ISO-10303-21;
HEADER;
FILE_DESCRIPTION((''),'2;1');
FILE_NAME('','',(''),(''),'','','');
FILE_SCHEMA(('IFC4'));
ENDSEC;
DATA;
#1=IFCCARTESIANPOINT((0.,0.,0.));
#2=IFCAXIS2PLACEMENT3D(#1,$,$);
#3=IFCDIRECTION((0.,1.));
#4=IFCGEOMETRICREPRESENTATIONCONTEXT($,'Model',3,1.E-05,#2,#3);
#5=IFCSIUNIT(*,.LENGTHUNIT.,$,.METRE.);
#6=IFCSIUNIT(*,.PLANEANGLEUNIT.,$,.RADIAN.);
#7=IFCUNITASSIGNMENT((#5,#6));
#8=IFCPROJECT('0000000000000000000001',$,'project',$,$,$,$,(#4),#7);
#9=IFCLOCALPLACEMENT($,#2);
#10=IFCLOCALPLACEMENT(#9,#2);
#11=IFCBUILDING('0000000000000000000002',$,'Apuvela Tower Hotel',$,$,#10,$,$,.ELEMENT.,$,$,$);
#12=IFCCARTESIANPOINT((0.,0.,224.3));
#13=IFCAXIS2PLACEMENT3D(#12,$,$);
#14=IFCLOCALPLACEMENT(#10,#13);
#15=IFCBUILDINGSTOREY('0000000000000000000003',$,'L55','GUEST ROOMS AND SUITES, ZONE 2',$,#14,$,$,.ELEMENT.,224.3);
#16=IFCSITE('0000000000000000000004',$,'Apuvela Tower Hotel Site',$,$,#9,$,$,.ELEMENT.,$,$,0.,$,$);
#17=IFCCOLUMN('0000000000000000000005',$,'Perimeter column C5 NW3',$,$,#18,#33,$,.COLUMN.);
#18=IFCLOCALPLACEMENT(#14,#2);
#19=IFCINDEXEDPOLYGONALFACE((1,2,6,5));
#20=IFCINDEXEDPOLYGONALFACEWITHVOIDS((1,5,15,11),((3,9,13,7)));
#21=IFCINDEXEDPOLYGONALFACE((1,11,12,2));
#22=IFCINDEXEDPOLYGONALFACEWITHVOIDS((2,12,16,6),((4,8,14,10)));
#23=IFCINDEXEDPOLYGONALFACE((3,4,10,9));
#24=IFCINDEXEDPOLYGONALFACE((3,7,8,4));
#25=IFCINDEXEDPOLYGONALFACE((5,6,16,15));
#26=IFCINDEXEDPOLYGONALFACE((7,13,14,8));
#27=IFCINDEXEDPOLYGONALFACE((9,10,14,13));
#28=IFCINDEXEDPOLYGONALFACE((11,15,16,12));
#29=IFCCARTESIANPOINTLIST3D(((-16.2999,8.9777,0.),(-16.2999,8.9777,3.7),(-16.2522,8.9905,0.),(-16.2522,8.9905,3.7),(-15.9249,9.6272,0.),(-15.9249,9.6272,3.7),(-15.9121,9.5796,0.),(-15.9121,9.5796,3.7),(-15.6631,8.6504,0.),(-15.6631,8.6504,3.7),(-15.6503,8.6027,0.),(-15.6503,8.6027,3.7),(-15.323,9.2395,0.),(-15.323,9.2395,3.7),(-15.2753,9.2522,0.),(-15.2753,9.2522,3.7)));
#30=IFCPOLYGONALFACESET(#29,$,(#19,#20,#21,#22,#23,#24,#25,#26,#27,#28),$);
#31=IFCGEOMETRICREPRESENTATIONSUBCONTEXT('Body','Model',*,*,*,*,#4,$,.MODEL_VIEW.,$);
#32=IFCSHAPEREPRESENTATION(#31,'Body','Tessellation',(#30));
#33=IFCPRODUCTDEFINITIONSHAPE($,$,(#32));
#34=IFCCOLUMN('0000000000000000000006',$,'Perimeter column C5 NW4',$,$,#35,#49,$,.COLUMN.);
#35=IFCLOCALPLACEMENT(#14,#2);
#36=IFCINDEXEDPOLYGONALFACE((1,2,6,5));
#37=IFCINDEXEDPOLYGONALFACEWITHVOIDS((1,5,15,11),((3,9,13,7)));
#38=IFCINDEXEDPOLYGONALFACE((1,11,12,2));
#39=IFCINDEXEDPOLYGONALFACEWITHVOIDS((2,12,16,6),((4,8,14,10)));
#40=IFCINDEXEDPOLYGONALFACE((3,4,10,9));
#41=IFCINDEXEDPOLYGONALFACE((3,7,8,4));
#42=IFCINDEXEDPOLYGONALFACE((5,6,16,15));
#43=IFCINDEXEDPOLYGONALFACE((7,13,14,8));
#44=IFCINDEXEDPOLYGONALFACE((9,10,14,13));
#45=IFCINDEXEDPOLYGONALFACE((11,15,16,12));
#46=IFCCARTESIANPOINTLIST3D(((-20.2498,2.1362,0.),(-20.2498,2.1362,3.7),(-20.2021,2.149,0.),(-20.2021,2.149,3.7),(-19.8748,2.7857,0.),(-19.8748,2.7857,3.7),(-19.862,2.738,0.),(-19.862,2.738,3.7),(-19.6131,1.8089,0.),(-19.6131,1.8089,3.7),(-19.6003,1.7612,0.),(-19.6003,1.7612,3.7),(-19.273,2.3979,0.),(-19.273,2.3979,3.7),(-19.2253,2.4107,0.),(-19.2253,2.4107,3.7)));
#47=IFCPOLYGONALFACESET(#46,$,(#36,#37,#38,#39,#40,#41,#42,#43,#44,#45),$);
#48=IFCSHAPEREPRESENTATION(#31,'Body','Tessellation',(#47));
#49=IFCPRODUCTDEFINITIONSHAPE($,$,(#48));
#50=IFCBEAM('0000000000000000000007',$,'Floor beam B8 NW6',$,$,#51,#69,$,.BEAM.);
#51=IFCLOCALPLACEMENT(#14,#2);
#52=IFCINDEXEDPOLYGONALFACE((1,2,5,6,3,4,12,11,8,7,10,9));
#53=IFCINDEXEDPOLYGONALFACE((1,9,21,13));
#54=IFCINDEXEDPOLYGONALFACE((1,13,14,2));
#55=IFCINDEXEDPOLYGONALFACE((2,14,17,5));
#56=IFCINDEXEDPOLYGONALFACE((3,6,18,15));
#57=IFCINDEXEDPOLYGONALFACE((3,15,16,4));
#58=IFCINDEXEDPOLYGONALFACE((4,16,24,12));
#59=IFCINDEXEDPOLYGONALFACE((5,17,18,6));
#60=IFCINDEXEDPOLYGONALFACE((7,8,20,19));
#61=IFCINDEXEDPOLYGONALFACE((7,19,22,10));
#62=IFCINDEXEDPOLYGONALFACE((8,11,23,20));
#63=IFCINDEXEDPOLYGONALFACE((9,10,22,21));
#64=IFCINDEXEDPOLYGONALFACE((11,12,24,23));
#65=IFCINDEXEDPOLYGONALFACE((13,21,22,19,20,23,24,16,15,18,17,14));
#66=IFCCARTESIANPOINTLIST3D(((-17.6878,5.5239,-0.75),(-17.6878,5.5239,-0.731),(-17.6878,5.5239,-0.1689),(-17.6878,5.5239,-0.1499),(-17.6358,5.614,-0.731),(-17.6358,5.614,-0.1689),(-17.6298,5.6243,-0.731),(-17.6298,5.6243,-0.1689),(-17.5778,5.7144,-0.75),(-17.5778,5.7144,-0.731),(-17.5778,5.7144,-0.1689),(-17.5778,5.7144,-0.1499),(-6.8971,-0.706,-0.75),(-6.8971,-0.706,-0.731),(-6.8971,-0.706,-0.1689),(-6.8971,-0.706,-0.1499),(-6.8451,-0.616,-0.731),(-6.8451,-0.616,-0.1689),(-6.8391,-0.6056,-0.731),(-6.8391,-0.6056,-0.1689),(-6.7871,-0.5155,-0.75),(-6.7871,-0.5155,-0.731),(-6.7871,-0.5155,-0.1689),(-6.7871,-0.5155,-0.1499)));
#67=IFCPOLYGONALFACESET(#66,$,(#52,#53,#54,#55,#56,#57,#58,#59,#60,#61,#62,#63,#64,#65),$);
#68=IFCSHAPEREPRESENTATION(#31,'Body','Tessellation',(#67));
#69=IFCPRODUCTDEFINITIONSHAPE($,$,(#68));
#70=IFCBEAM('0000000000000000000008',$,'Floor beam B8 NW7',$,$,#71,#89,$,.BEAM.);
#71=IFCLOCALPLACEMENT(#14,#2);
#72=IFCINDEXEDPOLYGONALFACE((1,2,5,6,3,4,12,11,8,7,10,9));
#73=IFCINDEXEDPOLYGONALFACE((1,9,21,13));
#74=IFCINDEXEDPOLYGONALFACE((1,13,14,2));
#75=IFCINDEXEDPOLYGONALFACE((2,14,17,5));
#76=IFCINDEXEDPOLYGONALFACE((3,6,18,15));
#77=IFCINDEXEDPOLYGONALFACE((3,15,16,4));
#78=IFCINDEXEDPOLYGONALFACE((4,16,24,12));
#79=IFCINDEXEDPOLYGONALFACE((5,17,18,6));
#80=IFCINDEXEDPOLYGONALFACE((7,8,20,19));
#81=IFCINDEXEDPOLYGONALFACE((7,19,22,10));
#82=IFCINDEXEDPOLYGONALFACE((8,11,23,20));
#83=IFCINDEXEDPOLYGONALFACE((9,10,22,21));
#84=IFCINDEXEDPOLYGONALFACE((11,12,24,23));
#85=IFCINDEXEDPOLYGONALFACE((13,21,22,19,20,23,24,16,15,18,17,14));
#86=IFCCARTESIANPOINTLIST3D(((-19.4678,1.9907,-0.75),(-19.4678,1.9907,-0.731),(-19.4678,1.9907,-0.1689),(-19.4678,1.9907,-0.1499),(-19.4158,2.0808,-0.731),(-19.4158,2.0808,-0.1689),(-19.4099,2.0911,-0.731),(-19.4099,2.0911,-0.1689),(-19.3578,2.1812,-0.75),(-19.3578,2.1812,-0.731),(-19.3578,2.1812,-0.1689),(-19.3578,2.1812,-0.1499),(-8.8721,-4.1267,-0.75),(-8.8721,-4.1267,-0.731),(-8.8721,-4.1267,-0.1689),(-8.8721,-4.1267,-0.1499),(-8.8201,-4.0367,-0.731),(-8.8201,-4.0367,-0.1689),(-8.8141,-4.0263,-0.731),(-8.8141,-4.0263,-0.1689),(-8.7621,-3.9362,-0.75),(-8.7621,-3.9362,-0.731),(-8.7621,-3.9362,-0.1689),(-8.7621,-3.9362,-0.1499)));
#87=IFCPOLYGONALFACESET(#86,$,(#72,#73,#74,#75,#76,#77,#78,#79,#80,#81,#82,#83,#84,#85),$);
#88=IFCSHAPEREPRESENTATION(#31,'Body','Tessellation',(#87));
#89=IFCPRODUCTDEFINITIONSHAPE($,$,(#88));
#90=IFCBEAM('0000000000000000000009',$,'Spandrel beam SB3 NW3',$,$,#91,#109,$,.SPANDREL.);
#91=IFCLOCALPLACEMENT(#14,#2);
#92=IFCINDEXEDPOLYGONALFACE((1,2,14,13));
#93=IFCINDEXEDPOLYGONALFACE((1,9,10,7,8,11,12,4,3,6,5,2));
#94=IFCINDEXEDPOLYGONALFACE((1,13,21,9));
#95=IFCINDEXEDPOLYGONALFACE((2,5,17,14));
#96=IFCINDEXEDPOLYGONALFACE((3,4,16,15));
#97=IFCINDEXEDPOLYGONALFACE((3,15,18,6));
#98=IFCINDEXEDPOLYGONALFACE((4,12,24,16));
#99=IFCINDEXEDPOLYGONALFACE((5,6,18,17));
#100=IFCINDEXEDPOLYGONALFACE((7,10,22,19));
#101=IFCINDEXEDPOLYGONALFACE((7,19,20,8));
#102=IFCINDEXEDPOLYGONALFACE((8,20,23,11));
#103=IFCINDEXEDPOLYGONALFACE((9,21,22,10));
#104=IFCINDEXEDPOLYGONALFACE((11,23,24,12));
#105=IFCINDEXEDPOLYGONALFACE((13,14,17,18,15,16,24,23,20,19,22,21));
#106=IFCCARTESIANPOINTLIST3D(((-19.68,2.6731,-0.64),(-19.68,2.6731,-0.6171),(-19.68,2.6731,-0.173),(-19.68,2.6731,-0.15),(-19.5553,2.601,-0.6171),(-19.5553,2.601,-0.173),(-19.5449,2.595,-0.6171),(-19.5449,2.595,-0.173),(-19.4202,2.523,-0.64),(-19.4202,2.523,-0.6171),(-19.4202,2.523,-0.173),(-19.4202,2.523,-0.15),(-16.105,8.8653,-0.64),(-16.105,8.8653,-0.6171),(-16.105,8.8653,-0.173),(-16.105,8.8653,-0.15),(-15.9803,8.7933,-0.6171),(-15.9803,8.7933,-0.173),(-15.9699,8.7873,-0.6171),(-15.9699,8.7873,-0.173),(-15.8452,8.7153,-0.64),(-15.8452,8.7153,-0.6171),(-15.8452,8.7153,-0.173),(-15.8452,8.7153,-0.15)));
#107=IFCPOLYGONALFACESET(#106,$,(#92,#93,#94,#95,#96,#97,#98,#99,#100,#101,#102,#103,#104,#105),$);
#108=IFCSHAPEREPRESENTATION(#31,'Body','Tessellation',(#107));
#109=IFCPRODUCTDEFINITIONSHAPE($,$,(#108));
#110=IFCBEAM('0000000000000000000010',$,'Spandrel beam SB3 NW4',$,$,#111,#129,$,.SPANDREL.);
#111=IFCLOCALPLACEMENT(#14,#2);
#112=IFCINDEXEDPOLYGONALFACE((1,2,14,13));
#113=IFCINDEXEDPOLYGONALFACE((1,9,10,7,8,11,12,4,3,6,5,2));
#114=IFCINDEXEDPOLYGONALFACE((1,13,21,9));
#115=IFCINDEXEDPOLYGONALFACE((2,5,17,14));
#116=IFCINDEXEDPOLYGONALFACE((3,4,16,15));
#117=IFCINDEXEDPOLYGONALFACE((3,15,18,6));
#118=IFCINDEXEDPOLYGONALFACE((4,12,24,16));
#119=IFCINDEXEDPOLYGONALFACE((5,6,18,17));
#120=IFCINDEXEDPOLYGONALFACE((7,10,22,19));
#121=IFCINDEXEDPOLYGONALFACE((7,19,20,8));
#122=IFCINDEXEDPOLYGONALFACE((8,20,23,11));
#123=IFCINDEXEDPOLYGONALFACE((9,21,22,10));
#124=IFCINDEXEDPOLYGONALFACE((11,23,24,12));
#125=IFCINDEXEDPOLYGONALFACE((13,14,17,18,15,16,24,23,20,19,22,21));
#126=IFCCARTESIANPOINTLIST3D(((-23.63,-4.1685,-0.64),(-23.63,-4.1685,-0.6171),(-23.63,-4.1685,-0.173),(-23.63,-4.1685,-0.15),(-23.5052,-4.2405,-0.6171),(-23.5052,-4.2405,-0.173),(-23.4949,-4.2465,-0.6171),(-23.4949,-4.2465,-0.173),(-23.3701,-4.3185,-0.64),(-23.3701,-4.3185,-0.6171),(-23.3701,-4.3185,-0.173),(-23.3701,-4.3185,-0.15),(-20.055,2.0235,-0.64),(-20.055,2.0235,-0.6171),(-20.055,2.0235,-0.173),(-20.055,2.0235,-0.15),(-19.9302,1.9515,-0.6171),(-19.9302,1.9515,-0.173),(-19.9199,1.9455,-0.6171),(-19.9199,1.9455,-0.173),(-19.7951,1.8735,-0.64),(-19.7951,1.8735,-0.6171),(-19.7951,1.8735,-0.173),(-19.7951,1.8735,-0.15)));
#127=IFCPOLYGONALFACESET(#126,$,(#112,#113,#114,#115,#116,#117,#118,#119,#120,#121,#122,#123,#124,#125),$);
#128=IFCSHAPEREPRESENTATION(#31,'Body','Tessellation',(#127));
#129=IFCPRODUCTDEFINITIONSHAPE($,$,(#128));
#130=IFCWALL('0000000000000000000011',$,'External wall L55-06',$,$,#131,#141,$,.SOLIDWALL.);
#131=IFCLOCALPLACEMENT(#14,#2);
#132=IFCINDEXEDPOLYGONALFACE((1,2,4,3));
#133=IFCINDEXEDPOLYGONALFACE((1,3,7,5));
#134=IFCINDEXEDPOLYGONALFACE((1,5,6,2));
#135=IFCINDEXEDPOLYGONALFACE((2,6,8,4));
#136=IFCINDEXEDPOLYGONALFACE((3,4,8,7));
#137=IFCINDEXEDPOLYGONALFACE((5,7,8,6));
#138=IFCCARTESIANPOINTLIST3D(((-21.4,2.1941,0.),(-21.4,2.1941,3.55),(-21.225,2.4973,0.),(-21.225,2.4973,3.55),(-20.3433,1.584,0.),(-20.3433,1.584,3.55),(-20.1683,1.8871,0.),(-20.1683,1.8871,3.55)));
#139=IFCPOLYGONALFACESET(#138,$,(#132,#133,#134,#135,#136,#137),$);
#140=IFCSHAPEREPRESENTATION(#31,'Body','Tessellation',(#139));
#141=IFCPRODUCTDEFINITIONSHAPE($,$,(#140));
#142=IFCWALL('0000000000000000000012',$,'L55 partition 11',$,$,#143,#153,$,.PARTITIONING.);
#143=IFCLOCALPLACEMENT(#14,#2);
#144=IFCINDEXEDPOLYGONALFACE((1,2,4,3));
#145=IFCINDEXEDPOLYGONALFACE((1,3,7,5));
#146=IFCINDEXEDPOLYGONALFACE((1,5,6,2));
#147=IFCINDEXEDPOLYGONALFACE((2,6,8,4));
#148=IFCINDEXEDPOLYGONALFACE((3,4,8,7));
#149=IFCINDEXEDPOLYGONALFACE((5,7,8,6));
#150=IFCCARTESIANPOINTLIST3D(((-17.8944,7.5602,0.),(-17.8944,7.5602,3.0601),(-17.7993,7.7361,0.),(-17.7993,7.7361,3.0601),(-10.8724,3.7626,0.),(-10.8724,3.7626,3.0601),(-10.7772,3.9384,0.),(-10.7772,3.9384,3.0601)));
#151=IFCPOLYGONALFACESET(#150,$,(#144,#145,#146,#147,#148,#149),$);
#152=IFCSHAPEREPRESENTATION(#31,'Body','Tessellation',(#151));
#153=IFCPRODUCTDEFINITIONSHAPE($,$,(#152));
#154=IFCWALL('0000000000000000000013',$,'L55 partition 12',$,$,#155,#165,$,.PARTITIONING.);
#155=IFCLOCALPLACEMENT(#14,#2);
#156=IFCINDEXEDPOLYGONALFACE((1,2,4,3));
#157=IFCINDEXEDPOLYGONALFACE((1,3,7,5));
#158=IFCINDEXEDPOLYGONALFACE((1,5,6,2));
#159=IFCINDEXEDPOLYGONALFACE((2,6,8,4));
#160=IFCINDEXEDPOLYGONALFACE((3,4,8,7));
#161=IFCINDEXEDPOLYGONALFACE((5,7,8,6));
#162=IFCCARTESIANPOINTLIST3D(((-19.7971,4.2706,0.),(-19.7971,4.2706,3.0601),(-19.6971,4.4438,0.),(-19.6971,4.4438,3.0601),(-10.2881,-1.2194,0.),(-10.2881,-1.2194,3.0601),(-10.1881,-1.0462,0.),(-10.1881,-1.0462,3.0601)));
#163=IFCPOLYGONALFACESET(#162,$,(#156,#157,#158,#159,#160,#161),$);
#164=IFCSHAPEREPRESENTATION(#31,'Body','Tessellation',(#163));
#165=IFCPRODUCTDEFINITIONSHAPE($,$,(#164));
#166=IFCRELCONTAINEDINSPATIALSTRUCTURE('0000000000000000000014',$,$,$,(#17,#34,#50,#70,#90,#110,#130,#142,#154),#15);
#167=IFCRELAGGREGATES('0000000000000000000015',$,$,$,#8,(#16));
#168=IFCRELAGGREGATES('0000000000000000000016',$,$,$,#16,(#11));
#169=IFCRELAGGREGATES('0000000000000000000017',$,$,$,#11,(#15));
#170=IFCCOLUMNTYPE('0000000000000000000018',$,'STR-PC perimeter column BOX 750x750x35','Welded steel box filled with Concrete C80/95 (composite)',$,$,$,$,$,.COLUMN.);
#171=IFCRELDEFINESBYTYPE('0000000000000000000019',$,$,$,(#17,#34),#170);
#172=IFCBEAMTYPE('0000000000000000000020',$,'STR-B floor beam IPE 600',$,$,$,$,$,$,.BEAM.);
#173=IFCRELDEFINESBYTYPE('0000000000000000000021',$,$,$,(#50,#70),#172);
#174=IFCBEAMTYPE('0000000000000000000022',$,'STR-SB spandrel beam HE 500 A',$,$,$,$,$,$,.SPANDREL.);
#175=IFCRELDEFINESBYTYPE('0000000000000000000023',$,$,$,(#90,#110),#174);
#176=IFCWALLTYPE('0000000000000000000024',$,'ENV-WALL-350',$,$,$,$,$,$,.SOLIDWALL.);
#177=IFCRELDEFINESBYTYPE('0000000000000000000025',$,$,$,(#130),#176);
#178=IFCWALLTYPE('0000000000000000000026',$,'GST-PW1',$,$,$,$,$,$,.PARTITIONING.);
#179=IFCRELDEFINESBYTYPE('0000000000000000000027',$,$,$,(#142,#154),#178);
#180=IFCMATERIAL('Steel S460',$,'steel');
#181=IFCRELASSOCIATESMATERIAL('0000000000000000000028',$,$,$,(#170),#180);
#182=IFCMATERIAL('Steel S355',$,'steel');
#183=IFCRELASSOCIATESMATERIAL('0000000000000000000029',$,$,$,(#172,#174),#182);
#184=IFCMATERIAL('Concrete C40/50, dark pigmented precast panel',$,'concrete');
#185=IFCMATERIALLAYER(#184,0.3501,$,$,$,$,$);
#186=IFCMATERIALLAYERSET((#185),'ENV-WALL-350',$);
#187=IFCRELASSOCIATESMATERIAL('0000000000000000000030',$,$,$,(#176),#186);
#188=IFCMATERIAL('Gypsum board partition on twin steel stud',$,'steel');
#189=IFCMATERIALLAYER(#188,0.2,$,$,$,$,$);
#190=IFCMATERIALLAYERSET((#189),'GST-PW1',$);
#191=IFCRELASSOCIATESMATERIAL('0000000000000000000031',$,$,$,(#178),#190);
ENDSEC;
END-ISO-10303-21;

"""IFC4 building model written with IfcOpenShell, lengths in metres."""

from ifc_helpers import new_model, si_unit, direction, frame, frame_2d, origin, origin_2d, place, context, subcontext, project, spatial, rectangle, hollow_rectangle, i_section, extrude, material, layer, layer_set, material_profile, profile_set, type_object, element, save


model = new_model("IFC4")

# Units and contexts
model_context = context("Model", 3, precision=1e-05, world=origin(), true_north=direction((0.0, 1.0)))
body_context = subcontext(model_context, "Body", "Model", "MODEL_VIEW")
ifc_project = project(units=[si_unit("LENGTHUNIT", "METRE"), si_unit("PLANEANGLEUNIT", "RADIAN")], contexts=[model_context])

# Site, building, storey
site_placement = place(None, origin())
site = spatial("IfcSite", under=ifc_project, at=site_placement, Name="Apuvela Tower Hotel Site", CompositionType="ELEMENT", RefElevation=0.0)
building_placement = place(site_placement, origin())
building = spatial("IfcBuilding", under=site, at=building_placement, Name="Apuvela Tower Hotel", CompositionType="ELEMENT")
storey_placement = place(building_placement, frame((0.0, 0.0, 224.3)))
storey = spatial("IfcBuildingStorey", under=building, at=storey_placement, Name="L55", Description="GUEST ROOMS AND SUITES, ZONE 2", CompositionType="ELEMENT", Elevation=224.3)

# Columns
ifc_material_1 = material(Name="Steel S460", Category="steel")
ifc_material_profile_1 = material_profile(ifc_material_1, hollow_rectangle(XDim=0.75, YDim=0.75, WallThickness=0.0349, at=origin_2d()), Name="BOX 750x750x35")
ifc_material_2 = material(Name="Concrete C80/95", Category="concrete")
ifc_material_profile_2 = material_profile(ifc_material_2, rectangle(XDim=0.6799, YDim=0.6799, at=origin_2d()), Name="Concrete C80/95 infill")
ifc_profile_set_1 = profile_set([ifc_material_profile_1, ifc_material_profile_2], Name="Steel S460")
column_type = type_object("IfcColumnType", Name="STR-PC perimeter column BOX 750x750x35", Description="Welded steel box filled with Concrete C80/95 (composite)", PredefinedType="COLUMN", material=ifc_profile_set_1)
for number, where, z_axis, x_axis, name in (
    (1, (-15.7876, 9.115, 0.0), (0.0, 0.0, 1.0), (0.5, 0.866025, 0.0), "Perimeter column C5 NW3"),
    (2, (-19.7375, 2.2734, 0.0), (0.0, 0.0, 1.0), (0.5, 0.866025, 0.0), "Perimeter column C5 NW4"),
):
    element("IfcColumn", number, at=place(storey_placement, frame(where, z_axis=z_axis, x_axis=x_axis)), inside=storey, type_object=column_type, Name=name, PredefinedType="COLUMN", context=body_context, shape_type="SweptSolid", body=[
        extrude(hollow_rectangle(XDim=0.75, YDim=0.75, WallThickness=0.0349, at=origin_2d()), origin(), (0.0, 0.0, 1.0), 3.7),
    ])

# Beams
ifc_material_3 = material(Name="Steel S355", Category="steel")
ifc_material_profile_3 = material_profile(ifc_material_3, i_section(OverallWidth=0.22, OverallDepth=0.6001, WebThickness=0.012, FlangeThickness=0.019, at=origin_2d()), Name="IPE 600")
ifc_profile_set_2 = profile_set([ifc_material_profile_3], Name="Steel S355")
beam_type_1 = type_object("IfcBeamType", Name="STR-B floor beam IPE 600", PredefinedType="BEAM", material=ifc_profile_set_2)
beam_1_placement = place(storey_placement, frame((-17.6328, 5.6191, -0.45), z_axis=(0.866028, -0.499996, 0.0), x_axis=(0.499996, 0.866028, 0.0)))
element("IfcBeam", 3, at=beam_1_placement, inside=storey, type_object=beam_type_1, Name="Floor beam B8 NW6", PredefinedType="BEAM", context=body_context, shape_type="SweptSolid", body=[
    extrude(i_section(OverallWidth=0.22, OverallDepth=0.6001, WebThickness=0.012, FlangeThickness=0.019, at=origin_2d()), origin(), (0.0, 0.0, 1.0), 12.46),
])
beam_2_placement = place(storey_placement, frame((-19.4128, 2.0859, -0.45), z_axis=(0.866025, -0.5, 0.0), x_axis=(0.5, 0.866025, 0.0)))
element("IfcBeam", 4, at=beam_2_placement, inside=storey, type_object=beam_type_1, Name="Floor beam B8 NW7", PredefinedType="BEAM", context=body_context, shape_type="SweptSolid", body=[
    extrude(i_section(OverallWidth=0.22, OverallDepth=0.6001, WebThickness=0.012, FlangeThickness=0.019, at=origin_2d()), origin(), (0.0, 0.0, 1.0), 12.2349),
])
ifc_material_profile_4 = material_profile(ifc_material_3, i_section(OverallWidth=0.3, OverallDepth=0.49, WebThickness=0.012, FlangeThickness=0.0229, at=origin_2d()), Name="HE 500 A")
ifc_profile_set_3 = profile_set([ifc_material_profile_4], Name="Steel S355")
beam_type_2 = type_object("IfcBeamType", Name="STR-SB spandrel beam HE 500 A", PredefinedType="SPANDREL", material=ifc_profile_set_3)
beam_3_placement = place(storey_placement, frame((-15.9751, 8.7903, -0.395), z_axis=(-0.499991, -0.86603, 0.0), x_axis=(0.86603, -0.499991, 0.0)))
element("IfcBeam", 5, at=beam_3_placement, inside=storey, type_object=beam_type_2, Name="Spandrel beam SB3 NW3", PredefinedType="SPANDREL", context=body_context, shape_type="SweptSolid", body=[
    extrude(i_section(OverallWidth=0.3, OverallDepth=0.49, WebThickness=0.012, FlangeThickness=0.0229, at=origin_2d()), origin(), (0.0, 0.0, 1.0), 7.1501),
])
beam_4_placement = place(storey_placement, frame((-19.925, 1.9485, -0.395), z_axis=(-0.500006, -0.866022, 0.0), x_axis=(0.866022, -0.500006, 0.0)))
element("IfcBeam", 6, at=beam_4_placement, inside=storey, type_object=beam_type_2, Name="Spandrel beam SB3 NW4", PredefinedType="SPANDREL", context=body_context, shape_type="SweptSolid", body=[
    extrude(i_section(OverallWidth=0.3, OverallDepth=0.49, WebThickness=0.012, FlangeThickness=0.0229, at=origin_2d()), origin(), (0.0, 0.0, 1.0), 7.1499),
])

# Shared definitions
ifc_material_4 = material(Name="Concrete C40/50, dark pigmented precast panel", Category="concrete")
ifc_layer_1 = layer(ifc_material_4, 0.3501)
ifc_layer_set_1 = layer_set([ifc_layer_1], Name="ENV-WALL-350")
wall_type_1 = type_object("IfcWallType", Name="ENV-WALL-350", PredefinedType="SOLIDWALL", material=ifc_layer_set_1)

# Wall
wall_1_placement = place(storey_placement, frame((-21.3125, 2.3457, 0.0), z_axis=(0.0, 0.0, 1.0), x_axis=(0.866006, -0.500034, 0.0)))
element("IfcWall", 7, at=wall_1_placement, inside=storey, type_object=wall_type_1, Name="External wall L55-06", PredefinedType="SOLIDWALL", context=body_context, shape_type="SweptSolid", body=[
    extrude(rectangle(XDim=1.2202, YDim=0.3501, at=frame_2d((0.6101, 0.0))), origin(), (0.0, 0.0, 1.0), 3.55),
])

# Walls
ifc_material_5 = material(Name="Gypsum board partition on twin steel stud", Category="steel")
ifc_layer_2 = layer(ifc_material_5, 0.2)
ifc_layer_set_2 = layer_set([ifc_layer_2], Name="GST-PW1")
wall_type_2 = type_object("IfcWallType", Name="GST-PW1", PredefinedType="PARTITIONING", material=ifc_layer_set_2)
wall_2_placement = place(storey_placement, frame((-17.8469, 7.6482, 0.0), z_axis=(0.0, 0.0, 1.0), x_axis=(0.879604, -0.475706, 0.0)))
element("IfcWall", 8, at=wall_2_placement, inside=storey, type_object=wall_type_2, Name="L55 partition 11", PredefinedType="PARTITIONING", context=body_context, shape_type="SweptSolid", body=[
    extrude(rectangle(XDim=7.9832, YDim=0.2, at=frame_2d((3.9917, 0.0))), origin(), (0.0, 0.0, 1.0), 3.0601),
])
wall_3_placement = place(storey_placement, frame((-19.7471, 4.3572, 0.0), z_axis=(0.0, 0.0, 1.0), x_axis=(0.866027, -0.499996, 0.0)))
element("IfcWall", 9, at=wall_3_placement, inside=storey, type_object=wall_type_2, Name="L55 partition 12", PredefinedType="PARTITIONING", context=body_context, shape_type="SweptSolid", body=[
    extrude(rectangle(XDim=10.98, YDim=0.2, at=frame_2d((5.49, 0.0))), origin(), (0.0, 0.0, 1.0), 3.0601),
])

save(model, "model.ifc")
